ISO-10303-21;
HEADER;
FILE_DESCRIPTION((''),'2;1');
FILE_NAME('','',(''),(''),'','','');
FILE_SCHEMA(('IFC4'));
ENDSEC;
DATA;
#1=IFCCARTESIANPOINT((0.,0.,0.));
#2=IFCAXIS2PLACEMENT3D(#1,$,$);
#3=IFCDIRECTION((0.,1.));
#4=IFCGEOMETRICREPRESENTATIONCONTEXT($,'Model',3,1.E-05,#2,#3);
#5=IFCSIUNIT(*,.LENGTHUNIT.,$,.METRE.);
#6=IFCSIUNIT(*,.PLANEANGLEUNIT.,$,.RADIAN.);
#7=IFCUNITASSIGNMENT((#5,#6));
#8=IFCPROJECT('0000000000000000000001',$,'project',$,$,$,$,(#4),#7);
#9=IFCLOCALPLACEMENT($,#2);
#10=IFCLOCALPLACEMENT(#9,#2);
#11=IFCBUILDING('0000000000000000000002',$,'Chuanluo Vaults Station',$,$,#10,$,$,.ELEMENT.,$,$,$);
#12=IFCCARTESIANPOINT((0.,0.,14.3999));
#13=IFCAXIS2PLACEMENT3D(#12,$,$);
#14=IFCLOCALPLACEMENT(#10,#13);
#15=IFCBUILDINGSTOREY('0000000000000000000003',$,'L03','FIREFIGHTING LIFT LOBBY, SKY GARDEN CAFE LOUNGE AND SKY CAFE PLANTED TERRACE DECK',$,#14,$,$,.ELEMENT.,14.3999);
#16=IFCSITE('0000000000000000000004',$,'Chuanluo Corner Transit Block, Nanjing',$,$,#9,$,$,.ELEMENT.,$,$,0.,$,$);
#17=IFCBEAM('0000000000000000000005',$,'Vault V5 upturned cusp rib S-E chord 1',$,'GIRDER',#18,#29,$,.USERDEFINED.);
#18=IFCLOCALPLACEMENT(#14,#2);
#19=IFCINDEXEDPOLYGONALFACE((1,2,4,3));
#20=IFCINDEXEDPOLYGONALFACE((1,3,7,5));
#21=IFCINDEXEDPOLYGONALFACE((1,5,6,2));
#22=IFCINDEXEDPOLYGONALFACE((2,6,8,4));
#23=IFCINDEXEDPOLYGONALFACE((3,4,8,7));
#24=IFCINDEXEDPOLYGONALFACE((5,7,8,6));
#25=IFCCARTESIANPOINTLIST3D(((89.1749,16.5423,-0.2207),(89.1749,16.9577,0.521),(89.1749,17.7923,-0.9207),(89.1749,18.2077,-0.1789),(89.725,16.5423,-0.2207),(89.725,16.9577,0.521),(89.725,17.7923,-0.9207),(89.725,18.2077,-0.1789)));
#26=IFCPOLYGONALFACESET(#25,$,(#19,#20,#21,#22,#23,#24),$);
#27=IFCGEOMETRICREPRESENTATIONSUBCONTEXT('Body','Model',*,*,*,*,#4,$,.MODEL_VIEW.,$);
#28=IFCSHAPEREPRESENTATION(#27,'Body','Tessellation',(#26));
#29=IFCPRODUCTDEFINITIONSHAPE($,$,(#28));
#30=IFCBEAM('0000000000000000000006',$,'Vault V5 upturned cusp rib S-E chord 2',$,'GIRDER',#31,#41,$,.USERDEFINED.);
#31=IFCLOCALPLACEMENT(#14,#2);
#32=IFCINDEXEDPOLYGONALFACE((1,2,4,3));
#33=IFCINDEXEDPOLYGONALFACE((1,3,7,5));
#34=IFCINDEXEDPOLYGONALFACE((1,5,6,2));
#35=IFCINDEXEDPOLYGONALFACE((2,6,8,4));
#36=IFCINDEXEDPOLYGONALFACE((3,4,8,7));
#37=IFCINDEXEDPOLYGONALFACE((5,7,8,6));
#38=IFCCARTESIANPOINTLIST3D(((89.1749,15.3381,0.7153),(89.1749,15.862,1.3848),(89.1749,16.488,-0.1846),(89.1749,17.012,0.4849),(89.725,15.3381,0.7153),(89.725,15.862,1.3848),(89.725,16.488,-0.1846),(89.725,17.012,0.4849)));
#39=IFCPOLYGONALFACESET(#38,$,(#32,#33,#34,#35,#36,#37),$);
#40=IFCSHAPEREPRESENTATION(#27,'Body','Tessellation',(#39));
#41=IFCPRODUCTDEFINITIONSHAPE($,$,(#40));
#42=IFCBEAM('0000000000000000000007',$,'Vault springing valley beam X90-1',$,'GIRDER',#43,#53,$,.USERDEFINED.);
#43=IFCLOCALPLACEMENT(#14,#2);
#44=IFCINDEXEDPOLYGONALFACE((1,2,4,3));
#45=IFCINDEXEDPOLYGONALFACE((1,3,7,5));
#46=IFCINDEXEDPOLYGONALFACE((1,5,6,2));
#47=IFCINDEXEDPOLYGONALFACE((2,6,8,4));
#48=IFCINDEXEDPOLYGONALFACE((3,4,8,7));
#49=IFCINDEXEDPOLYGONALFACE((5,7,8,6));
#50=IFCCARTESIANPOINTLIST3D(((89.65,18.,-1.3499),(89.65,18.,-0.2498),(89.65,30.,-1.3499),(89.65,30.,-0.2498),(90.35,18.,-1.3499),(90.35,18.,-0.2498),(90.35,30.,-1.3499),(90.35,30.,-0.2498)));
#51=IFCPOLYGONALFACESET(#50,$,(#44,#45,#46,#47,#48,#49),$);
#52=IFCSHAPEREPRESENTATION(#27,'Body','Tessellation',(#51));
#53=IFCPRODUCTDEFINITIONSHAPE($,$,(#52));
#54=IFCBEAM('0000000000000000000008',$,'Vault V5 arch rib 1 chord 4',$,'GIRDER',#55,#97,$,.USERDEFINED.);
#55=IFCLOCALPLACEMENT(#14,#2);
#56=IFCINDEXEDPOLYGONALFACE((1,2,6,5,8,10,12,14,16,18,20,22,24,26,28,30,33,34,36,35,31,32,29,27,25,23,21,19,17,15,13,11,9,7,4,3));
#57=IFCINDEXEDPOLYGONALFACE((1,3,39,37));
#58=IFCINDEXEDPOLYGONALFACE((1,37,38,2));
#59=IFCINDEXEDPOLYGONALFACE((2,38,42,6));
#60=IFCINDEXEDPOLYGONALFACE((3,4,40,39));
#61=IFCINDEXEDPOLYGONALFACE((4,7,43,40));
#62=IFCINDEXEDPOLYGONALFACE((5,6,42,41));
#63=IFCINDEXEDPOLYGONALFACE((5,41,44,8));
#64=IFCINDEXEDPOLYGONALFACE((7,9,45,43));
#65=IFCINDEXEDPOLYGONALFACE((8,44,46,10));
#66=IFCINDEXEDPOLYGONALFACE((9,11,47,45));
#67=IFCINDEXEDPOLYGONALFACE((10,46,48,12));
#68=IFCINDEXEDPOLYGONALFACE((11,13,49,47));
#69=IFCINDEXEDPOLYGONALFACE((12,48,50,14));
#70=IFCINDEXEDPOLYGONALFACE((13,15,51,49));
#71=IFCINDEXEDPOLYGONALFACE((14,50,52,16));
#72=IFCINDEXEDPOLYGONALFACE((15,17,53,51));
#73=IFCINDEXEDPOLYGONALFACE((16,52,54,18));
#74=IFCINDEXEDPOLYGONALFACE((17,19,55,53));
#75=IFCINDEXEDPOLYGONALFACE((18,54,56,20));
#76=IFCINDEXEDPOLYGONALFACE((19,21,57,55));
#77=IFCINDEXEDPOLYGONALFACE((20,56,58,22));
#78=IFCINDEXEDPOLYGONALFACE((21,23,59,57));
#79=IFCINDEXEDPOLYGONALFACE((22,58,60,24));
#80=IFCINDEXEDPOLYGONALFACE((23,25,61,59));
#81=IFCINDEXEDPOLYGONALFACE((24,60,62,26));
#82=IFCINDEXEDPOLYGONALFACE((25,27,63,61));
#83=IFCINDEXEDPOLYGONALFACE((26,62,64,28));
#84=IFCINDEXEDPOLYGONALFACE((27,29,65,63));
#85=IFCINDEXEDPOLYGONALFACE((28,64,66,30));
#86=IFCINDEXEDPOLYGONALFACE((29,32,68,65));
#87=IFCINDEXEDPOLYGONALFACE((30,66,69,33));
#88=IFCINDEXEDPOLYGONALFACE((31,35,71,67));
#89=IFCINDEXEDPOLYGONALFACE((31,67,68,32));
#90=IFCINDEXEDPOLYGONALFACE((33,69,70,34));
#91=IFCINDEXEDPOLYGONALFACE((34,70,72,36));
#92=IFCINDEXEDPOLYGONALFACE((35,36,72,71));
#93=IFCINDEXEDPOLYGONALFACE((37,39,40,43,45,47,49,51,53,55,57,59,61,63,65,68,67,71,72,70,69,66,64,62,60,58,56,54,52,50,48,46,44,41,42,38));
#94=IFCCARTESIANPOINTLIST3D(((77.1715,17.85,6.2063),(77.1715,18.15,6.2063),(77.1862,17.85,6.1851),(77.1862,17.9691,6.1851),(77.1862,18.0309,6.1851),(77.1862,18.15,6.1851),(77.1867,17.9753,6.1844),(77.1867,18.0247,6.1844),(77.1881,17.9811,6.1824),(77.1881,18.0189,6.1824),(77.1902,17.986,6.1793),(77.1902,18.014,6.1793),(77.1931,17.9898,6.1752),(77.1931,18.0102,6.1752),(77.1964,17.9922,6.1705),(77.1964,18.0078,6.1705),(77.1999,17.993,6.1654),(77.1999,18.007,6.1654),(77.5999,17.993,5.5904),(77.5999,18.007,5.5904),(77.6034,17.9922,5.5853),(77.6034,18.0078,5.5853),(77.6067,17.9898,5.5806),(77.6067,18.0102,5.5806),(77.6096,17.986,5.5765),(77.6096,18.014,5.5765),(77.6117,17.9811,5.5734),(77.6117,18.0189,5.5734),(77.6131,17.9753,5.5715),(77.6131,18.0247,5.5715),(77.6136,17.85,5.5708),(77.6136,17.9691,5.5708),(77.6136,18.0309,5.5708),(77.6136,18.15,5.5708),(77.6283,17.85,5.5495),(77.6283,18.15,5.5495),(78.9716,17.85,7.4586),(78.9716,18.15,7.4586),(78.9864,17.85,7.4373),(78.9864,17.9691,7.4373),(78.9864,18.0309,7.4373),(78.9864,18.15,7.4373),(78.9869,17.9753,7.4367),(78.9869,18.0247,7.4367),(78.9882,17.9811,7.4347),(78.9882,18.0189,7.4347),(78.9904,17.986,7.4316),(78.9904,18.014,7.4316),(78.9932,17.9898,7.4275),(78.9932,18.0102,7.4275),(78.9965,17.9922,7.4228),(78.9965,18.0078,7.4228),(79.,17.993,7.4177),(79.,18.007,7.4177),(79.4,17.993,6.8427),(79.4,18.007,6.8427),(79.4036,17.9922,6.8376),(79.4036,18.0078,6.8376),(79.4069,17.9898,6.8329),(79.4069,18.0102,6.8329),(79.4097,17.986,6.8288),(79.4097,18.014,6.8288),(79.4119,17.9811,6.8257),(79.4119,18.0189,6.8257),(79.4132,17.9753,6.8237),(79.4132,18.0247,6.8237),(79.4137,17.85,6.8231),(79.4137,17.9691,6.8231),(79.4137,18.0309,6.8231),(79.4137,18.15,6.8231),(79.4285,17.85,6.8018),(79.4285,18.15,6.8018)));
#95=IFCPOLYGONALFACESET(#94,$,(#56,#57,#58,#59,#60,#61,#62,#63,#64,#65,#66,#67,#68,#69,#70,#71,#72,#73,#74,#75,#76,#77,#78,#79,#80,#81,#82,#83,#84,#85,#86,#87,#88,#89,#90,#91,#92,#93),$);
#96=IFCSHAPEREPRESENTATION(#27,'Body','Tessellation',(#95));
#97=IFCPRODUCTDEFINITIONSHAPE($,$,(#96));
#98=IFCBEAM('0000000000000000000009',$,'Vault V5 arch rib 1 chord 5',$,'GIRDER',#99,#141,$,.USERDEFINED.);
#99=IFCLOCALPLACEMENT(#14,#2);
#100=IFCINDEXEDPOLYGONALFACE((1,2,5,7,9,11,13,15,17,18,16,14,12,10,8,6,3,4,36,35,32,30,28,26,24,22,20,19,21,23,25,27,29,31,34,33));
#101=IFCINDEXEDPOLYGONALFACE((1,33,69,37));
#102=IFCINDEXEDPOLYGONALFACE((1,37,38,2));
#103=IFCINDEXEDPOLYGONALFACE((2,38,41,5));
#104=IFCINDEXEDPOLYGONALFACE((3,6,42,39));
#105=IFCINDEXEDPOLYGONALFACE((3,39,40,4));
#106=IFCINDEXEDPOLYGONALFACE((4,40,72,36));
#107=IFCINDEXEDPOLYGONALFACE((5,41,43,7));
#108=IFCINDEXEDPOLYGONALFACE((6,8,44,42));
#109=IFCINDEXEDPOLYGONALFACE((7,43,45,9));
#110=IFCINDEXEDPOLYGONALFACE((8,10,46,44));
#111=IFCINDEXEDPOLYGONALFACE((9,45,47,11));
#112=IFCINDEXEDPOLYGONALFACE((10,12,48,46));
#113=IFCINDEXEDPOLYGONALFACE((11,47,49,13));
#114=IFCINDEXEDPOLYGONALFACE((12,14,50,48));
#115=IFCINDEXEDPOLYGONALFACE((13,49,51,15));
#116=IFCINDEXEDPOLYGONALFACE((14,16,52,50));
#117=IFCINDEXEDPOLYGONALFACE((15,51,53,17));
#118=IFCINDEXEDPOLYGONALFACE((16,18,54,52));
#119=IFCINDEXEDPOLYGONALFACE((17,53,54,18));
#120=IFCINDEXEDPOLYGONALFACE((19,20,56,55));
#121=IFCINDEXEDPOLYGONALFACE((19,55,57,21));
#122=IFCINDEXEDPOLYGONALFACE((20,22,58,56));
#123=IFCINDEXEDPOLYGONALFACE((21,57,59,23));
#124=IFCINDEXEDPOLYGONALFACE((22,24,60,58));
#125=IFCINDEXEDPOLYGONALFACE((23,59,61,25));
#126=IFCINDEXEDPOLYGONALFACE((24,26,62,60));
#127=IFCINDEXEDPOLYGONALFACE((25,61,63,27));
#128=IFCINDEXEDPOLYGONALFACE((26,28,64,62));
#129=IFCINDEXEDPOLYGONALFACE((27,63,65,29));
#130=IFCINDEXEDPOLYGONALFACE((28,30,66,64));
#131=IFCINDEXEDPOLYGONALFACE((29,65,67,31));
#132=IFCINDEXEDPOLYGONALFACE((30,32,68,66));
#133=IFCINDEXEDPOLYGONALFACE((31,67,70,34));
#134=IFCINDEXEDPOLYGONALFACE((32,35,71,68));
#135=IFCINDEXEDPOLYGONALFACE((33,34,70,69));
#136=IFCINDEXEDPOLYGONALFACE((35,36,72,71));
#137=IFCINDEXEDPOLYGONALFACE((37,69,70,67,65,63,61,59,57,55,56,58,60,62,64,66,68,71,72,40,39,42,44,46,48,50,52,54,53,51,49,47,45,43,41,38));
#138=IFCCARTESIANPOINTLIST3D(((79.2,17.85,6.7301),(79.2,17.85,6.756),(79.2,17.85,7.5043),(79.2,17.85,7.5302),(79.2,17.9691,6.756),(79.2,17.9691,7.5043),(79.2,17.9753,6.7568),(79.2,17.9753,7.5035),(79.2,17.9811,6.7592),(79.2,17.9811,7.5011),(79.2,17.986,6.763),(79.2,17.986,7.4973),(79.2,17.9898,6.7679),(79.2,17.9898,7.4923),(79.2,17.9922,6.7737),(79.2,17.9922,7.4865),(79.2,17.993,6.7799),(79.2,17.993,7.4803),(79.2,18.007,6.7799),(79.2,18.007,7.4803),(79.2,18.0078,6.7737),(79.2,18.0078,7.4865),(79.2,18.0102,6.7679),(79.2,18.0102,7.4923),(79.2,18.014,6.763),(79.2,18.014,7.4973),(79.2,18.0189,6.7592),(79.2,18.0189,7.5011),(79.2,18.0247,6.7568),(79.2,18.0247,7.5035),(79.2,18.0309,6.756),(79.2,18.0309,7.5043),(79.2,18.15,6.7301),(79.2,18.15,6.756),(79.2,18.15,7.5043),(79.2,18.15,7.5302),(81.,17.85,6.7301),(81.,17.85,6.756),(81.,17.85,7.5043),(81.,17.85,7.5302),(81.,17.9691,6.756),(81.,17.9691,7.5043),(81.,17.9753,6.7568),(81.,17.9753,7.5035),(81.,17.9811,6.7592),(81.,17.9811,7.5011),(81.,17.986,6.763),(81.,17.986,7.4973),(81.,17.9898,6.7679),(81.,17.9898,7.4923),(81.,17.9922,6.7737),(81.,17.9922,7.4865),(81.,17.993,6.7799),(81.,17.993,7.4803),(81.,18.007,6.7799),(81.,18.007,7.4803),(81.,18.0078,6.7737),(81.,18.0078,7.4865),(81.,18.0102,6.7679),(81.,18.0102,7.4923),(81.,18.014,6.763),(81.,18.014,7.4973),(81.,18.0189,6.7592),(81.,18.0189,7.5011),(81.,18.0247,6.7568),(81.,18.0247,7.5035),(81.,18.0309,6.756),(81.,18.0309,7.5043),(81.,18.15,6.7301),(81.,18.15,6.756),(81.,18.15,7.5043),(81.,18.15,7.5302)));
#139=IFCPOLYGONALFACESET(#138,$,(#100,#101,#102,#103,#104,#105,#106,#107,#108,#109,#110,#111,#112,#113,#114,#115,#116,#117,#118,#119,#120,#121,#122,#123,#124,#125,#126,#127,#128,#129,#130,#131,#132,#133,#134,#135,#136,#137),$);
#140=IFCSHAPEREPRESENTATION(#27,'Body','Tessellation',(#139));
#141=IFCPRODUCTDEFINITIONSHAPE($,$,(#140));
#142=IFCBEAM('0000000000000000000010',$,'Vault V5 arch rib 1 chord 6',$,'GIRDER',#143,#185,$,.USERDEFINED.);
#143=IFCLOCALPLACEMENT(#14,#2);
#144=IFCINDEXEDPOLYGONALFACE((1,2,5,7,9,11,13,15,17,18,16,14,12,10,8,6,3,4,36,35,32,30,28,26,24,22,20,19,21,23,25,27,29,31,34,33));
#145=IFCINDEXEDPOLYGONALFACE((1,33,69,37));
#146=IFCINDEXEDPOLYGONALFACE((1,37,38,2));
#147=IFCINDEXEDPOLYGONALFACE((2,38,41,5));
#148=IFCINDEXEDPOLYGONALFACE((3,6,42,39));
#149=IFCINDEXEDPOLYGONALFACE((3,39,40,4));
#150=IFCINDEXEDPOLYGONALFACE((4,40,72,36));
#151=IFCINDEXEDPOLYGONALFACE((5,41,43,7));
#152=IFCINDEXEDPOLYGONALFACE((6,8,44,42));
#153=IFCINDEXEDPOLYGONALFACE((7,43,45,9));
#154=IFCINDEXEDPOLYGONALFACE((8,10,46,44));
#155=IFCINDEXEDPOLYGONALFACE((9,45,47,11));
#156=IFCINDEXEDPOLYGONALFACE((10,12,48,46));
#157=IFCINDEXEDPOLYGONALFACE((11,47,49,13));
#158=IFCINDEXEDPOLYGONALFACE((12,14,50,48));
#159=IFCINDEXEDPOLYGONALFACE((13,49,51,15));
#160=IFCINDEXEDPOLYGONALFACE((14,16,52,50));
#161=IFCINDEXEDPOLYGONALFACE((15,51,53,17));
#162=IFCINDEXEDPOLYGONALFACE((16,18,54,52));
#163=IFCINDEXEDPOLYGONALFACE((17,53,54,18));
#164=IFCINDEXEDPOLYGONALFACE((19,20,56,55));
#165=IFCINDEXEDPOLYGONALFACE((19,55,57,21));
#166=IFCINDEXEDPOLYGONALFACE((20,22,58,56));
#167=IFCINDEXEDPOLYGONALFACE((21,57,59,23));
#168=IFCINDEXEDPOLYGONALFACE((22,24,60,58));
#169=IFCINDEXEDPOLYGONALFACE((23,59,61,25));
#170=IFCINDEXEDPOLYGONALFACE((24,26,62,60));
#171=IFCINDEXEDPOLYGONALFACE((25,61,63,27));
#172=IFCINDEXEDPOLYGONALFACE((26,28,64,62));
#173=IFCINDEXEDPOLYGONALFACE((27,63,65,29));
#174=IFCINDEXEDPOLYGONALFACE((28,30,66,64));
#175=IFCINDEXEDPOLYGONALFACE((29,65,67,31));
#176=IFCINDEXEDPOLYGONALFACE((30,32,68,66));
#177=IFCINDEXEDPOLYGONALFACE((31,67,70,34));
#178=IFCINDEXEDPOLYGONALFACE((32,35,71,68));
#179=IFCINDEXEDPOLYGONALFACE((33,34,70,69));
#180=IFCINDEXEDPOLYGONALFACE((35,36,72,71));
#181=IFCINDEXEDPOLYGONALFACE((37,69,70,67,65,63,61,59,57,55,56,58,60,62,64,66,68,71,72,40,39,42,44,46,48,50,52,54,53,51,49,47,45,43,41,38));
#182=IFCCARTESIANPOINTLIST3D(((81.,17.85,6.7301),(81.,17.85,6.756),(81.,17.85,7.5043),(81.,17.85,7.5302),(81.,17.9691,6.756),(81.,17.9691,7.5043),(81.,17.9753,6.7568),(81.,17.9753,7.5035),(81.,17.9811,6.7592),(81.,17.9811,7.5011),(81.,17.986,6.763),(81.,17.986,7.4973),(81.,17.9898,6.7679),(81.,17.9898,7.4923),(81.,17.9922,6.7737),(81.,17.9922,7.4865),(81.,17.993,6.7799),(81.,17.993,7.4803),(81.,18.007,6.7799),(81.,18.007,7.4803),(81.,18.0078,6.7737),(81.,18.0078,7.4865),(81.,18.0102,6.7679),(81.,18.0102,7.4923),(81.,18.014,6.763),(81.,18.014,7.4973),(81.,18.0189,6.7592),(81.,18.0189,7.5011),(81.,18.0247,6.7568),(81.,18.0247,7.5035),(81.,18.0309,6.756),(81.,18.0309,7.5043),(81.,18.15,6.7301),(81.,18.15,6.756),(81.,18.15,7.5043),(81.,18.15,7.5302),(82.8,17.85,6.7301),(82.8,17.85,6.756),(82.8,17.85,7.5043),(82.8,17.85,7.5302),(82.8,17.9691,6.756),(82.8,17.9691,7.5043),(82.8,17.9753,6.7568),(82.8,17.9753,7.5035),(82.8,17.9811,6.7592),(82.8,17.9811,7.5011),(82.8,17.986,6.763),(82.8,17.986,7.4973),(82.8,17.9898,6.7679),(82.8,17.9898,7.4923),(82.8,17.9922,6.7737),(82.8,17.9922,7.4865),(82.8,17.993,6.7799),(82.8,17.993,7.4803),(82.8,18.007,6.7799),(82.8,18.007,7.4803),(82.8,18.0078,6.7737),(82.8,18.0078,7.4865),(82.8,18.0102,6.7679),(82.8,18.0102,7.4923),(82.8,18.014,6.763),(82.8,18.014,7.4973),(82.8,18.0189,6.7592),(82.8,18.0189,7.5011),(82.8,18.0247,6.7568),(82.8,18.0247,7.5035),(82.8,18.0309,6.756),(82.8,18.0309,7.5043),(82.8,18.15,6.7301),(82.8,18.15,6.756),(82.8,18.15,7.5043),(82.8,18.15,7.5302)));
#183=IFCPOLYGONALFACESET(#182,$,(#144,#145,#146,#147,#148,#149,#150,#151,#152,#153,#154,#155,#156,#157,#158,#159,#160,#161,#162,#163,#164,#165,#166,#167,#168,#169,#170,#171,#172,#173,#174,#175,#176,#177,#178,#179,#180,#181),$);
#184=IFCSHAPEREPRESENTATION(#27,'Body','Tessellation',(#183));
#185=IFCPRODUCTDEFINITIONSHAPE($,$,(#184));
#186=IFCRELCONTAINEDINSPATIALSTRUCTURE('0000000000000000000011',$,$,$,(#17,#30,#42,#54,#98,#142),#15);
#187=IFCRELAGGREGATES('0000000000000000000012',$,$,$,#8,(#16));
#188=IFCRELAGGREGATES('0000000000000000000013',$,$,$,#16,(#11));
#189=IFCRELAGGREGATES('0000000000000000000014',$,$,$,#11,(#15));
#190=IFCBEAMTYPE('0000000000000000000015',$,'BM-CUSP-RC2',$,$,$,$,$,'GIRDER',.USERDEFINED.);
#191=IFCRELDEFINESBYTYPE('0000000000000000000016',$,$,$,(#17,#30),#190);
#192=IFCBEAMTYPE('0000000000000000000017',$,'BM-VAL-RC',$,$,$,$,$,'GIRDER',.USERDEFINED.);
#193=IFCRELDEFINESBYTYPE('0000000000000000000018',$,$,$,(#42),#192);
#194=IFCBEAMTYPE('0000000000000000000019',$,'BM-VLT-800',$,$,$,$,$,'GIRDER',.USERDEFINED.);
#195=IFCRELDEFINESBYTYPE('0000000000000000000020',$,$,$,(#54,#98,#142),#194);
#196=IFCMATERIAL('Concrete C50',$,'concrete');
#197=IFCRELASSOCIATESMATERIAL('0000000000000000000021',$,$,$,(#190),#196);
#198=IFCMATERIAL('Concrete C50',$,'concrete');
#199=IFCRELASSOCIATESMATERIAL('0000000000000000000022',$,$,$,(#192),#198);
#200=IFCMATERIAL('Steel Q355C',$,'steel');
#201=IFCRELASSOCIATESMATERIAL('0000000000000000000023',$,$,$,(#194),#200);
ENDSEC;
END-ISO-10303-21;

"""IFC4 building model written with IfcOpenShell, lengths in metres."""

from ifc_helpers import new_model, si_unit, direction, frame, origin, origin_2d, place, context, subcontext, project, spatial, rectangle, i_section, extrude, material, material_profile, profile_set, type_object, element, save


model = new_model("IFC4")

# Units and contexts
model_context = context("Model", 3, precision=1e-05, world=origin(), true_north=direction((0.0, 1.0)))
body_context = subcontext(model_context, "Body", "Model", "MODEL_VIEW")
ifc_project = project(units=[si_unit("LENGTHUNIT", "METRE"), si_unit("PLANEANGLEUNIT", "RADIAN")], contexts=[model_context])

# Site, building, storey
site_placement = place(None, origin())
site = spatial("IfcSite", under=ifc_project, at=site_placement, Name="Chuanluo Corner Transit Block, Nanjing", CompositionType="ELEMENT", RefElevation=0.0)
building_placement = place(site_placement, origin())
building = spatial("IfcBuilding", under=site, at=building_placement, Name="Chuanluo Vaults Station", CompositionType="ELEMENT")
storey_placement = place(building_placement, frame((0.0, 0.0, 14.3999)))
storey = spatial("IfcBuildingStorey", under=building, at=storey_placement, Name="L03", Description="FIREFIGHTING LIFT LOBBY, SKY GARDEN CAFE LOUNGE AND SKY CAFE PLANTED TERRACE DECK", CompositionType="ELEMENT", Elevation=14.3999)

# Beams
ifc_material_1 = material(Name="Concrete C50", Category="concrete")
ifc_material_profile_1 = material_profile(ifc_material_1, rectangle(XDim=0.55, YDim=0.8501, at=origin_2d()))
ifc_profile_set_1 = profile_set([ifc_material_profile_1], Name="Concrete C50")
beam_type_1 = type_object("IfcBeamType", Name="BM-CUSP-RC2", ElementType="GIRDER", PredefinedType="USERDEFINED", material=ifc_profile_set_1)
beam_1_placement = place(storey_placement, frame((89.45, 18.0, -0.5498), z_axis=(0.0, -0.872521, 0.488577), x_axis=(1.0, 0.0, 0.0)))
element("IfcBeam", 1, at=beam_1_placement, inside=storey, type_object=beam_type_1, Name="Vault V5 upturned cusp rib S-E chord 1", ObjectType="GIRDER", PredefinedType="USERDEFINED", context=body_context, shape_type="SweptSolid", body=[
    extrude(rectangle(XDim=0.55, YDim=0.8501, at=origin_2d()), origin(), (0.0, 0.0, 1.0), 1.4326),
])
beam_2_placement = place(storey_placement, frame((89.45, 16.75, 0.1501), z_axis=(0.0, -0.787512, 0.616299), x_axis=(1.0, 0.0, 0.0)))
element("IfcBeam", 2, at=beam_2_placement, inside=storey, type_object=beam_type_1, Name="Vault V5 upturned cusp rib S-E chord 2", ObjectType="GIRDER", PredefinedType="USERDEFINED", context=body_context, shape_type="SweptSolid", body=[
    extrude(rectangle(XDim=0.55, YDim=0.8501, at=origin_2d()), origin(), (0.0, 0.0, 1.0), 1.4602),
])
ifc_material_2 = material(Name="Concrete C50", Category="concrete")
ifc_material_profile_2 = material_profile(ifc_material_2, rectangle(XDim=0.7, YDim=1.1001, at=origin_2d()))
ifc_profile_set_2 = profile_set([ifc_material_profile_2], Name="Concrete C50")
beam_type_2 = type_object("IfcBeamType", Name="BM-VAL-RC", ElementType="GIRDER", PredefinedType="USERDEFINED", material=ifc_profile_set_2)
beam_3_placement = place(storey_placement, frame((90.0, 18.0, -0.7998), z_axis=(0.0, 1.0, 0.0), x_axis=(-1.0, 0.0, 0.0)))
element("IfcBeam", 3, at=beam_3_placement, inside=storey, type_object=beam_type_2, Name="Vault springing valley beam X90-1", ObjectType="GIRDER", PredefinedType="USERDEFINED", context=body_context, shape_type="SweptSolid", body=[
    extrude(rectangle(XDim=0.7, YDim=1.1001, at=origin_2d()), origin(), (0.0, 0.0, 1.0), 12.0),
])
ifc_material_3 = material(Name="Steel Q355C", Category="steel")
ifc_material_profile_3 = material_profile(ifc_material_3, i_section(OverallWidth=0.3, OverallDepth=0.8, WebThickness=0.0139, FlangeThickness=0.0259, FilletRadius=0.0239, at=origin_2d()))
ifc_profile_set_3 = profile_set([ifc_material_profile_3], Name="Steel Q355C")
beam_type_3 = type_object("IfcBeamType", Name="BM-VLT-800", ElementType="GIRDER", PredefinedType="USERDEFINED", material=ifc_profile_set_3)
beam_4_placement = place(storey_placement, frame((77.3999, 18.0, 5.8779), z_axis=(0.820907, 0.0, 0.571061), x_axis=(0.0, 1.0, 0.0)))
element("IfcBeam", 4, at=beam_4_placement, inside=storey, type_object=beam_type_3, Name="Vault V5 arch rib 1 chord 4", ObjectType="GIRDER", PredefinedType="USERDEFINED", context=body_context, shape_type="SweptSolid", body=[
    extrude(i_section(OverallWidth=0.3, OverallDepth=0.8, WebThickness=0.0139, FlangeThickness=0.0259, FilletRadius=0.0239, at=origin_2d()), origin(), (0.0, 0.0, 1.0), 2.1929),
])
for number, where, z_axis, x_axis, name in (
    (5, (79.2, 18.0, 7.1301), (1.0, 0.0, 0.0), (0.0, 1.0, 0.0), "Vault V5 arch rib 1 chord 5"),
    (6, (81.0, 18.0, 7.1301), (1.0, 0.0, 0.0), (0.0, 1.0, 0.0), "Vault V5 arch rib 1 chord 6"),
):
    element("IfcBeam", number, at=place(storey_placement, frame(where, z_axis=z_axis, x_axis=x_axis)), inside=storey, type_object=beam_type_3, Name=name, ObjectType="GIRDER", PredefinedType="USERDEFINED", context=body_context, shape_type="SweptSolid", body=[
        extrude(i_section(OverallWidth=0.3, OverallDepth=0.8, WebThickness=0.0139, FlangeThickness=0.0259, FilletRadius=0.0239, at=origin_2d()), origin(), (0.0, 0.0, 1.0), 1.8),
    ])

save(model, "model.ifc")
